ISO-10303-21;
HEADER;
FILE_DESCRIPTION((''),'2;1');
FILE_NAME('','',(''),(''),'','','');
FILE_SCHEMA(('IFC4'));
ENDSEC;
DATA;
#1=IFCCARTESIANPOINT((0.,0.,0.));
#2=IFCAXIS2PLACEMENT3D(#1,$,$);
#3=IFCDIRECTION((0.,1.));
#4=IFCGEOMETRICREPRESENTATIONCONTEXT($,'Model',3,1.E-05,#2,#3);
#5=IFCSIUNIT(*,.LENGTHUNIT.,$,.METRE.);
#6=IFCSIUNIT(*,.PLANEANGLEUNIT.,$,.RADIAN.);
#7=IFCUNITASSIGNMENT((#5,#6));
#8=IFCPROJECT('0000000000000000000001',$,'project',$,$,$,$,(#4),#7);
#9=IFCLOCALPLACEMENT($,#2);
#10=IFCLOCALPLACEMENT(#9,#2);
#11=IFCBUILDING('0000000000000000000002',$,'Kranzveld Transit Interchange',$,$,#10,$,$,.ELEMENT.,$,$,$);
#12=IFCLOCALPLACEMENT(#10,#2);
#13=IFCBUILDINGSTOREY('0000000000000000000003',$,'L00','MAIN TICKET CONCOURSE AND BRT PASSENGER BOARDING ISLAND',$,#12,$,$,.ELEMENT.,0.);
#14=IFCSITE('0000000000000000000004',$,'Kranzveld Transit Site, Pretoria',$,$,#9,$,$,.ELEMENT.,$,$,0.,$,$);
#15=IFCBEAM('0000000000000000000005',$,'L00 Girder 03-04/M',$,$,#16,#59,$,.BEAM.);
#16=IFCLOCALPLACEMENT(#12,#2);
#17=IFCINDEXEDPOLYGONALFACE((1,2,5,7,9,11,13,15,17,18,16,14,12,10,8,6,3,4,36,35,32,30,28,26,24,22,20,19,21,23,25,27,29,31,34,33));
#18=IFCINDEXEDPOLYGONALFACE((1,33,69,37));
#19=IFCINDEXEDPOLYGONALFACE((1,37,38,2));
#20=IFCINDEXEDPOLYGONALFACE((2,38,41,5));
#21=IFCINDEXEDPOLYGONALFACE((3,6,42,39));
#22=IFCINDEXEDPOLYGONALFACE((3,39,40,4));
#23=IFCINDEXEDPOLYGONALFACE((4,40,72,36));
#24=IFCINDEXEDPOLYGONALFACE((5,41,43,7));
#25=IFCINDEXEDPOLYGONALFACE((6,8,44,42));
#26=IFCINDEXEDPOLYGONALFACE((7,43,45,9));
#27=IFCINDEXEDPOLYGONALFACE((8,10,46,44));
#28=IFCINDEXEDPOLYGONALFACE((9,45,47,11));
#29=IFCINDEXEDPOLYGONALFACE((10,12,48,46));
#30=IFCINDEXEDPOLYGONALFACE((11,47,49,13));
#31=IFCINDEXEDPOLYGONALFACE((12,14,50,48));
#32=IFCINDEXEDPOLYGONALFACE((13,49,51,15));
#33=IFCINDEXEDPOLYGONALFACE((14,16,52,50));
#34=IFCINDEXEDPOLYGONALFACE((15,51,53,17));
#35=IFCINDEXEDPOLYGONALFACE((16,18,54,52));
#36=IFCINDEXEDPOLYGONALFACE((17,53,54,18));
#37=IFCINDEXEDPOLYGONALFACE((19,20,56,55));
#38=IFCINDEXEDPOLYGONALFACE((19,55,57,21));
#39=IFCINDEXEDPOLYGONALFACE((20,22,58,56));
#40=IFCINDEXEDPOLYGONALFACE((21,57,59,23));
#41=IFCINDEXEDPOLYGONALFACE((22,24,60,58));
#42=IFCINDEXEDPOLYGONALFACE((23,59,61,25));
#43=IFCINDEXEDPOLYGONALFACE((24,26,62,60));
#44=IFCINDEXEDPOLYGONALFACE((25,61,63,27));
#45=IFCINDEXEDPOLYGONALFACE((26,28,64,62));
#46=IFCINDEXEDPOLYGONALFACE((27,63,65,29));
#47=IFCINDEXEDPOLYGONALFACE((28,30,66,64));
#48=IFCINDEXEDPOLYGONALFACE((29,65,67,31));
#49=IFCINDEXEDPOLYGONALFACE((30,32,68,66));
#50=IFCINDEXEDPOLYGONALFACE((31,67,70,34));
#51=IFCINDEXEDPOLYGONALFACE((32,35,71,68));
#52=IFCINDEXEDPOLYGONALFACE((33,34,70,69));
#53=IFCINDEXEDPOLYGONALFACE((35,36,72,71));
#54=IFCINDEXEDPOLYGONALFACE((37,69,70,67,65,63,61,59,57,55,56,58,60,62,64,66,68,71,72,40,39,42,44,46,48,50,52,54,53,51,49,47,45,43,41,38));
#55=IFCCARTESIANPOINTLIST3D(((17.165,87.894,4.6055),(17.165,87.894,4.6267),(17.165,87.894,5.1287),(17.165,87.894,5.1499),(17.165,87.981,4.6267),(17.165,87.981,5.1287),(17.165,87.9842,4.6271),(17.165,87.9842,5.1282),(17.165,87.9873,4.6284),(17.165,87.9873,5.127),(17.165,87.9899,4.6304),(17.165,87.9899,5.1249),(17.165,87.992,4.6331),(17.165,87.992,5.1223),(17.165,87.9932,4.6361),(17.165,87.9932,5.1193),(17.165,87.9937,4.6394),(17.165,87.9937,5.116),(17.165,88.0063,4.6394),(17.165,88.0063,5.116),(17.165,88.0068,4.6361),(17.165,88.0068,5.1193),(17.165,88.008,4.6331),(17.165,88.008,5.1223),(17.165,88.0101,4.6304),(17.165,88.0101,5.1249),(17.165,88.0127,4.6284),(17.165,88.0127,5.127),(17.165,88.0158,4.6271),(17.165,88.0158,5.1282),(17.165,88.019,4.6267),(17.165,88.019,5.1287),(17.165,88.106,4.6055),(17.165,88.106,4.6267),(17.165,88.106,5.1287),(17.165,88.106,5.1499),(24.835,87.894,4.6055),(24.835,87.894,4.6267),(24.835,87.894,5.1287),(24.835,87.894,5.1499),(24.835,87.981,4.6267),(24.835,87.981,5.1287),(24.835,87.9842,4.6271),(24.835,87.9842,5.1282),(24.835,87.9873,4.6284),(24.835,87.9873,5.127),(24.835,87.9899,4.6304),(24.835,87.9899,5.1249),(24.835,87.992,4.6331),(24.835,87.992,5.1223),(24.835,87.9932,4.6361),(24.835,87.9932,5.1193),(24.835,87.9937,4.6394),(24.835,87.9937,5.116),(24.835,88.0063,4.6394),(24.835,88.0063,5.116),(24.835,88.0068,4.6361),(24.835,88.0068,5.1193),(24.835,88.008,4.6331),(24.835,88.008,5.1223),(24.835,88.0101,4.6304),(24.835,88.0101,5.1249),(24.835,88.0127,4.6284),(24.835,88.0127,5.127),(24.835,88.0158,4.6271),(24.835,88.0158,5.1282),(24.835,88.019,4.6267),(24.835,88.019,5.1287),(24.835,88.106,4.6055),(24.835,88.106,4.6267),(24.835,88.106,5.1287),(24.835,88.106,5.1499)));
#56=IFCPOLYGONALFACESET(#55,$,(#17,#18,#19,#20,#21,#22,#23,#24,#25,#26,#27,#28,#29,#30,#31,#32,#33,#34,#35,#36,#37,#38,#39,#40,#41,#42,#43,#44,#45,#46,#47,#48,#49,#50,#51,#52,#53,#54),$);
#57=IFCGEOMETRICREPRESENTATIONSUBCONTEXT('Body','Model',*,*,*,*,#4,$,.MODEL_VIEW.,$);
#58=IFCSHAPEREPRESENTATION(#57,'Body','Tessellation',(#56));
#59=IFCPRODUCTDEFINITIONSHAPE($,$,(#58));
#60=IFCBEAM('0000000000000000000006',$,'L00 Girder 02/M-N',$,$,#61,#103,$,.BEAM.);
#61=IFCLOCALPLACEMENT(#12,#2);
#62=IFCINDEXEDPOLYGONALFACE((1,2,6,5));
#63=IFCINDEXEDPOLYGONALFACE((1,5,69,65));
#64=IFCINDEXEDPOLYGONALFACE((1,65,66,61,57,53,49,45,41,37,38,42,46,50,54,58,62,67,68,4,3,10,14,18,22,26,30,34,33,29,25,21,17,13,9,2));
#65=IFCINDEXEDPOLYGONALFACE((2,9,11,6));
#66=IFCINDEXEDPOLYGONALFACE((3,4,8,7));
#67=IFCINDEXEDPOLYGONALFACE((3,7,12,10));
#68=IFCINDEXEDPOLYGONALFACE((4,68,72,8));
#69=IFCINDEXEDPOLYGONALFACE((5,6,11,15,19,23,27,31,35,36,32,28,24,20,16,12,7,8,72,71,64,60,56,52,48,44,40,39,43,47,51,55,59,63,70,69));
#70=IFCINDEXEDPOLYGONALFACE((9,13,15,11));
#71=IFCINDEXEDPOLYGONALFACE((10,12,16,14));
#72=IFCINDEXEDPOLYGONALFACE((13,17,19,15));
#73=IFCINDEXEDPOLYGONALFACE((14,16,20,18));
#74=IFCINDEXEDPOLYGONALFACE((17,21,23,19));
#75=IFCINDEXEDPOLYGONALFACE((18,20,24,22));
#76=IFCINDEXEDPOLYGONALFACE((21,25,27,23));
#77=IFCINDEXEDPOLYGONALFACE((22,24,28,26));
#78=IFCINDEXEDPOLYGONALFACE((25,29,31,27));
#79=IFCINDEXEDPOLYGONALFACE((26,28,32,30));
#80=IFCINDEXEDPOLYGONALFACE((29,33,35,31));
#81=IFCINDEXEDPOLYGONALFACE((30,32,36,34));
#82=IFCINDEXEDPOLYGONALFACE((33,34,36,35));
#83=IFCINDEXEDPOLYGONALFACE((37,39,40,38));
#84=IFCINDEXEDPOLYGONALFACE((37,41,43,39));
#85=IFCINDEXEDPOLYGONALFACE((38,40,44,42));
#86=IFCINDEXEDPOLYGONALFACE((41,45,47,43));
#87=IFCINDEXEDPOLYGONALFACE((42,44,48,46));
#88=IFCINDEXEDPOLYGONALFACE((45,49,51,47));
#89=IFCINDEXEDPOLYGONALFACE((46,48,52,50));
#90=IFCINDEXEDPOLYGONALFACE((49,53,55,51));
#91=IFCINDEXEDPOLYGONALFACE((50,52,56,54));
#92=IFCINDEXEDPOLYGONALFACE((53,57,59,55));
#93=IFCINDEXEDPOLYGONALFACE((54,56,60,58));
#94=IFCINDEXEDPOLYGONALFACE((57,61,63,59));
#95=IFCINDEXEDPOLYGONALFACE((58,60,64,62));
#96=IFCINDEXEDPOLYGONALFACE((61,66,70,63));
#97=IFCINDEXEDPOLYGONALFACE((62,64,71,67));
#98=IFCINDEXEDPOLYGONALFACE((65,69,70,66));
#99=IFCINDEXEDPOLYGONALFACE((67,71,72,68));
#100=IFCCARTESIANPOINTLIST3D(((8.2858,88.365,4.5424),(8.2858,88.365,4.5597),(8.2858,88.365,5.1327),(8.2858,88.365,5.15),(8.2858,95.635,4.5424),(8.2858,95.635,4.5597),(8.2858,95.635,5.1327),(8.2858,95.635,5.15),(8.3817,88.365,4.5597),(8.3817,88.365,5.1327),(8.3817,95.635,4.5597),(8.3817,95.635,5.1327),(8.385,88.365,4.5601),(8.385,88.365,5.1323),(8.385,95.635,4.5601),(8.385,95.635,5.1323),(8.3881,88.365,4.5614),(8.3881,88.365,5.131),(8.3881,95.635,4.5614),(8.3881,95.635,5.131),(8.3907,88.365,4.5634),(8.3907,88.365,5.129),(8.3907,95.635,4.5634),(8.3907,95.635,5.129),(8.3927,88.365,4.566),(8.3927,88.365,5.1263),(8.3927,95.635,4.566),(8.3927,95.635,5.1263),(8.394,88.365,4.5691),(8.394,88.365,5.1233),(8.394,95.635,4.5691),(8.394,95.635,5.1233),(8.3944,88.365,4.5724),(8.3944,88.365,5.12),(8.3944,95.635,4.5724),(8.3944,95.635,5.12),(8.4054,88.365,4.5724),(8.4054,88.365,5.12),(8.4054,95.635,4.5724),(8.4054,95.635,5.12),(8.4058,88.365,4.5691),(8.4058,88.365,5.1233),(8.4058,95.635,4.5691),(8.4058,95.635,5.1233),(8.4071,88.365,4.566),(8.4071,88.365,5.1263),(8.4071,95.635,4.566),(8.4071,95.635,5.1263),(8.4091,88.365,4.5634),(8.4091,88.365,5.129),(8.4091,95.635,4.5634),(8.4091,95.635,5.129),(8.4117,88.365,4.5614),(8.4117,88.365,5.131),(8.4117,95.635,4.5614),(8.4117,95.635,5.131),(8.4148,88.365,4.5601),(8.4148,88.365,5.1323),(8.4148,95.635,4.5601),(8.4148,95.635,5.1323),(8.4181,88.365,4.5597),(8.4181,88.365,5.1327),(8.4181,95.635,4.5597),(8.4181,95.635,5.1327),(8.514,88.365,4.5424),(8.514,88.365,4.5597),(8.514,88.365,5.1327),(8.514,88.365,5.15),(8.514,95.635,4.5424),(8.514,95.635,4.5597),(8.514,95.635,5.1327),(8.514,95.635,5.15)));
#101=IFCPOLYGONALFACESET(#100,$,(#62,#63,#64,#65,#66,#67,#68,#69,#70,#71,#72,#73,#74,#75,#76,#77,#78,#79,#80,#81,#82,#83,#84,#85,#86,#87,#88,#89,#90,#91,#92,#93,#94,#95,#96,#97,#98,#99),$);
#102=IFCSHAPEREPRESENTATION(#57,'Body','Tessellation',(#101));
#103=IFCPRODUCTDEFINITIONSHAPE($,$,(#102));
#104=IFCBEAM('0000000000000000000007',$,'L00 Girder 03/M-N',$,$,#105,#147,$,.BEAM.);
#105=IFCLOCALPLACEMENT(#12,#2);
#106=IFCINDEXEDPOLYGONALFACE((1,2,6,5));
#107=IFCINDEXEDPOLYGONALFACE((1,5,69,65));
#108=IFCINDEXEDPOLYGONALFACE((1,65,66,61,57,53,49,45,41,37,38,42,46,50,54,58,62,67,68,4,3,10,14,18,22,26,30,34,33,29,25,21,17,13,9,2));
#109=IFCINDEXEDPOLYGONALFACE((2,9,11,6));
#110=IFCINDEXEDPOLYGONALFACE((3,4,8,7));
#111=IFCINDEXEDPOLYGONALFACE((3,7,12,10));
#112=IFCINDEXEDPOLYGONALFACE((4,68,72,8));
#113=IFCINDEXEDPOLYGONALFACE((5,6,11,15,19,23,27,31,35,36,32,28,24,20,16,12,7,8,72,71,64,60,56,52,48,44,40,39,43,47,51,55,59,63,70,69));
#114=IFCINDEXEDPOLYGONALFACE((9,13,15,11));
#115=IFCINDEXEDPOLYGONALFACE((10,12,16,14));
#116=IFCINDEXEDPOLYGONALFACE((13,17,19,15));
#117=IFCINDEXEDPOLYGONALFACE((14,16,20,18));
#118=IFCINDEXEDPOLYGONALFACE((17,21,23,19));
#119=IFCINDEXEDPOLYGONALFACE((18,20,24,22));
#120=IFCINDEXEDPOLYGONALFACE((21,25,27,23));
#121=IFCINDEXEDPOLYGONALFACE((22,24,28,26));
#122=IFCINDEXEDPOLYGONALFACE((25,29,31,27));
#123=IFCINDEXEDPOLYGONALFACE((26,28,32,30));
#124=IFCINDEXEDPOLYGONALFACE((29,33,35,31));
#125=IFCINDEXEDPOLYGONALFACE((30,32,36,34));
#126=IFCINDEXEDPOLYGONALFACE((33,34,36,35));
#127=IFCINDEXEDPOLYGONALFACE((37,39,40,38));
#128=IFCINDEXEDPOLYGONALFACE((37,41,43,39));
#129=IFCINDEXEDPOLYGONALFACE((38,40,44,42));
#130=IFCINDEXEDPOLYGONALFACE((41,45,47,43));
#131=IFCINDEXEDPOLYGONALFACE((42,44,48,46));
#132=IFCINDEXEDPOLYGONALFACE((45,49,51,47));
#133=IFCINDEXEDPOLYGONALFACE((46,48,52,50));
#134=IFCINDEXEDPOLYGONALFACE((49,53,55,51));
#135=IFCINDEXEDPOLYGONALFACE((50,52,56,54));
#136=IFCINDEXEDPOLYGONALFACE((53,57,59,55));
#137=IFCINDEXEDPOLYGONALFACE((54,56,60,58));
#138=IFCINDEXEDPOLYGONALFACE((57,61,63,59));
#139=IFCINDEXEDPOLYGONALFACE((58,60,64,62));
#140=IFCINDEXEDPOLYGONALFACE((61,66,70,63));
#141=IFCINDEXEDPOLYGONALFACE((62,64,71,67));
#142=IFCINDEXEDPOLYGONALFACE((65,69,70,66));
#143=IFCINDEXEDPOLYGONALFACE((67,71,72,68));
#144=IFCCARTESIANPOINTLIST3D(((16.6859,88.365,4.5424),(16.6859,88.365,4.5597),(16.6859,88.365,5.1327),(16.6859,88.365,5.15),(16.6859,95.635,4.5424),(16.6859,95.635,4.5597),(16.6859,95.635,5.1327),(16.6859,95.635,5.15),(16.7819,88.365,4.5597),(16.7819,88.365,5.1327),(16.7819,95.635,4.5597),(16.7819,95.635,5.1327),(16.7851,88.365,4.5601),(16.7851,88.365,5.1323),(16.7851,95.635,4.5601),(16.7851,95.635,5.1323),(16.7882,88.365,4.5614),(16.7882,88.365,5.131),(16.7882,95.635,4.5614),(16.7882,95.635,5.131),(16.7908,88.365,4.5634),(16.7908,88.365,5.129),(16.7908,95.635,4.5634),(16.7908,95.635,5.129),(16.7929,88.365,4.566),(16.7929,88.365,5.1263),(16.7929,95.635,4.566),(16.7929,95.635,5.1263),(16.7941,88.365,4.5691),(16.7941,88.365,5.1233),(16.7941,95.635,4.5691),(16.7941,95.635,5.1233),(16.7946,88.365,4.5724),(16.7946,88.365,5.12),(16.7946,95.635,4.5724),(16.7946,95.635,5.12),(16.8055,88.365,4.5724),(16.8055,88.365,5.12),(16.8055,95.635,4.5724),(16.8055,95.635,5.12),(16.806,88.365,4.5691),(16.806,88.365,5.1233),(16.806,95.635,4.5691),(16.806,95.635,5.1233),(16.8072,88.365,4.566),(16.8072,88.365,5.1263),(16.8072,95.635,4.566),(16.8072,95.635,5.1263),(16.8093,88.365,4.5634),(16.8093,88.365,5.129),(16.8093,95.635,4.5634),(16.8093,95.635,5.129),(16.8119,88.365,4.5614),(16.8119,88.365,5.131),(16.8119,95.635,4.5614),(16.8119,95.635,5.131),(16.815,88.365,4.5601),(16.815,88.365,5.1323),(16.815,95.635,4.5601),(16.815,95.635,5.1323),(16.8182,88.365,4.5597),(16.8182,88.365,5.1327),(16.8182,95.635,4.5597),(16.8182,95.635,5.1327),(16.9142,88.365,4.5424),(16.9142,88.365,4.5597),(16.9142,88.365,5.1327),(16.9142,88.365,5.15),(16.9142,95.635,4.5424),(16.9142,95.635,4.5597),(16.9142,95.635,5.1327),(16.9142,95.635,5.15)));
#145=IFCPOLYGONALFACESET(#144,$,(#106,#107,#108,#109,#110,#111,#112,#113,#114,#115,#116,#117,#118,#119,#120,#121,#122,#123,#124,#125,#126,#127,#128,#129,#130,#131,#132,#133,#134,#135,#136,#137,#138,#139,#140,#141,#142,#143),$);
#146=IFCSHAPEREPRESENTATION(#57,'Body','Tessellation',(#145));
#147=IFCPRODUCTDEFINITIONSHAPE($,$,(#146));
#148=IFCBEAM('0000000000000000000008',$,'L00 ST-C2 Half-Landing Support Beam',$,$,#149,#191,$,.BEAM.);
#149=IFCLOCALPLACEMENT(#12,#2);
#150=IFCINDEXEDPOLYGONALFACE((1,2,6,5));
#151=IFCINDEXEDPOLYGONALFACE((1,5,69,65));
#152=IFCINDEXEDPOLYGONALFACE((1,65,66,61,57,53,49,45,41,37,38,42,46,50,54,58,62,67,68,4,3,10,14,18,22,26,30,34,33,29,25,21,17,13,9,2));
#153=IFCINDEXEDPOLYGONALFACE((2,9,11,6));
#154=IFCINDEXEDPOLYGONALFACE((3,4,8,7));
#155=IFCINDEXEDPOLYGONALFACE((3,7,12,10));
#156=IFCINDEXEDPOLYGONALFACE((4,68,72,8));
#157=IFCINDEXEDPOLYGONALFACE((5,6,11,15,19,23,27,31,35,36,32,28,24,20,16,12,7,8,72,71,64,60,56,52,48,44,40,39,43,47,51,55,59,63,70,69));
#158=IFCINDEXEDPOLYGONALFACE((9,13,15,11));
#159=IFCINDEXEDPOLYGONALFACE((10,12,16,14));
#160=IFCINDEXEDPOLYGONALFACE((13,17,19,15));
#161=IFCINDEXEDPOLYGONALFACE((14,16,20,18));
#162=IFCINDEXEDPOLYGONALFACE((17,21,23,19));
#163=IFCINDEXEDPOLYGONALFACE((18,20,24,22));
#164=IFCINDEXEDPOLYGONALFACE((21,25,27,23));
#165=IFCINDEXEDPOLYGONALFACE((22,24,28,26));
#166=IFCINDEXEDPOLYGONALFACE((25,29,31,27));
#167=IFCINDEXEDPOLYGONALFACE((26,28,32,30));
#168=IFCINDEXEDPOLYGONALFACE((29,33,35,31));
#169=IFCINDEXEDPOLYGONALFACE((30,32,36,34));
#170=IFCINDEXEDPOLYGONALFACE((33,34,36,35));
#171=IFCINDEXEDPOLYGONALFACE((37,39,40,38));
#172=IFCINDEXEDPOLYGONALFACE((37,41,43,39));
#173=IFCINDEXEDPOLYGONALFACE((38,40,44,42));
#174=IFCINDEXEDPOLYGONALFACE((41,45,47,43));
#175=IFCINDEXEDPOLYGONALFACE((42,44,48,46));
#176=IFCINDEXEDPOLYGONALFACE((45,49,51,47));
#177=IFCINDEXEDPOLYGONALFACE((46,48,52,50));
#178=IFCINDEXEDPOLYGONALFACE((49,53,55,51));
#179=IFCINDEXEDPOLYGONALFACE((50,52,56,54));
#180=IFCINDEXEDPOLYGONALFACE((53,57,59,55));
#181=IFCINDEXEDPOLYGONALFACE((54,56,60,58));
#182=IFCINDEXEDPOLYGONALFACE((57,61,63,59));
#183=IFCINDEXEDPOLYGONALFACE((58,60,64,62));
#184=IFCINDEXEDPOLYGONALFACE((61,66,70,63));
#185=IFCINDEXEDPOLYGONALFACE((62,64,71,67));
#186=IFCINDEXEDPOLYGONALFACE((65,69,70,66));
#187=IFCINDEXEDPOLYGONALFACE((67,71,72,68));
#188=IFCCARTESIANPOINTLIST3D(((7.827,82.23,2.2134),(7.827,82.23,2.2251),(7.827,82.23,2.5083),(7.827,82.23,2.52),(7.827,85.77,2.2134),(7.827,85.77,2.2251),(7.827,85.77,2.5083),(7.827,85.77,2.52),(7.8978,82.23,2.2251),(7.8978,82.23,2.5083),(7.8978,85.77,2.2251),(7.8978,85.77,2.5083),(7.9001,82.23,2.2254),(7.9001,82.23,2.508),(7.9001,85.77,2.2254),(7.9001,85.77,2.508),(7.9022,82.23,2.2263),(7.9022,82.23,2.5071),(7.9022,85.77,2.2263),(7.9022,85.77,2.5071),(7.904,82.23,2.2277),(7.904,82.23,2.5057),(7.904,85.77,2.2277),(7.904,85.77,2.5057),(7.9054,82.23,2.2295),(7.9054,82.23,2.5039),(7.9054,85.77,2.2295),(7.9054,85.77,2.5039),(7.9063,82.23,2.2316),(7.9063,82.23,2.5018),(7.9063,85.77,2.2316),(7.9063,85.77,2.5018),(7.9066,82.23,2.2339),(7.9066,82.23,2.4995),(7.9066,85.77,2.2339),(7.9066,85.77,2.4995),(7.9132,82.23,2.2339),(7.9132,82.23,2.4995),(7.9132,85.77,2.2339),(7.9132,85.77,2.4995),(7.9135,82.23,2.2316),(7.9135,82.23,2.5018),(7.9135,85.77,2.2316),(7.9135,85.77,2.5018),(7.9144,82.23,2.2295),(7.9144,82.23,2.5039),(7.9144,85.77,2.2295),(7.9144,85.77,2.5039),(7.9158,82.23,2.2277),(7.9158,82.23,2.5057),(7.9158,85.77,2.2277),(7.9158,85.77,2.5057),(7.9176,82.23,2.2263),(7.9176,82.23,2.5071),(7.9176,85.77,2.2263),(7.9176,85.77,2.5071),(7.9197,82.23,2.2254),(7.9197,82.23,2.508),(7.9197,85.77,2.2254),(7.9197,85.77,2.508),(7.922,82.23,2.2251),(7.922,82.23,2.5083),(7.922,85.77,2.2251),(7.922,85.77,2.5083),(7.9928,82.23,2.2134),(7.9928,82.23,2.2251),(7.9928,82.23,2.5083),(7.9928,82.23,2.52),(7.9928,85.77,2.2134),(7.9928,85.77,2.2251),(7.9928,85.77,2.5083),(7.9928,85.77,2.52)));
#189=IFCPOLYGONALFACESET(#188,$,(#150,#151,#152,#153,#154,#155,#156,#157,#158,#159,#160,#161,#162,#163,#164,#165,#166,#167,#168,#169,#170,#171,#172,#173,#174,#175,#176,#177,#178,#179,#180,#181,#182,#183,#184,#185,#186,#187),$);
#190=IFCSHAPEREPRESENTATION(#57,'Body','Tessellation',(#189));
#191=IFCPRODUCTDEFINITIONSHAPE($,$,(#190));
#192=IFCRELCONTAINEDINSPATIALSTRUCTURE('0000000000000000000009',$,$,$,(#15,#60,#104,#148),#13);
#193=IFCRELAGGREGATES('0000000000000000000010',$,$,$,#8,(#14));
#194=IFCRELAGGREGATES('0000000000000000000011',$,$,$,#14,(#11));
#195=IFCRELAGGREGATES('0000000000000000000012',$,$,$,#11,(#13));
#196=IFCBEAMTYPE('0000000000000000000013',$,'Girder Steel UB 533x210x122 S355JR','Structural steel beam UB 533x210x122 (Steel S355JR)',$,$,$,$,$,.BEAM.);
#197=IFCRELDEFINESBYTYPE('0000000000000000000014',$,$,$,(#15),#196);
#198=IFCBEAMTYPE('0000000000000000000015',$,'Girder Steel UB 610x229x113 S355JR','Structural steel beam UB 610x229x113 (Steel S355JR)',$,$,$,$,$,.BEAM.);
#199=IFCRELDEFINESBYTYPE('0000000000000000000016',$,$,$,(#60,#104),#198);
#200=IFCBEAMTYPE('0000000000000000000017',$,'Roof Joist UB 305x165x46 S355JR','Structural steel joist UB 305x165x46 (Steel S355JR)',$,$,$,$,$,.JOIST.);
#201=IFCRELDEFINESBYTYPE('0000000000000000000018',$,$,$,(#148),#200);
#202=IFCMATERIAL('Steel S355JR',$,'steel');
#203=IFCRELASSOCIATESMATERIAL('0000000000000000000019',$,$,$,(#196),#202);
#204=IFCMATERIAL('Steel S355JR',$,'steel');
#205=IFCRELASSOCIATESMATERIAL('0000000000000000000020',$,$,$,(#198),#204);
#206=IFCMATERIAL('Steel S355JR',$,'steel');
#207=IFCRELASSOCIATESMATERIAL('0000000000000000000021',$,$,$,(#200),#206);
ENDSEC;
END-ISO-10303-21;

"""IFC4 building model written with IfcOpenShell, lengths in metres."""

from ifc_helpers import new_model, si_unit, direction, frame, origin, origin_2d, place, context, subcontext, project, spatial, i_section, extrude, material, material_profile, profile_set, type_object, element, save


model = new_model("IFC4")

# Units and contexts
model_context = context("Model", 3, precision=1e-05, world=origin(), true_north=direction((0.0, 1.0)))
body_context = subcontext(model_context, "Body", "Model", "MODEL_VIEW")
ifc_project = project(units=[si_unit("LENGTHUNIT", "METRE"), si_unit("PLANEANGLEUNIT", "RADIAN")], contexts=[model_context])

# Site, building, storey
site_placement = place(None, origin())
site = spatial("IfcSite", under=ifc_project, at=site_placement, Name="Kranzveld Transit Site, Pretoria", CompositionType="ELEMENT", RefElevation=0.0)
building_placement = place(site_placement, origin())
building = spatial("IfcBuilding", under=site, at=building_placement, Name="Kranzveld Transit Interchange", CompositionType="ELEMENT")
storey_placement = place(building_placement, origin())
storey = spatial("IfcBuildingStorey", under=building, at=storey_placement, Name="L00", Description="MAIN TICKET CONCOURSE AND BRT PASSENGER BOARDING ISLAND", CompositionType="ELEMENT", Elevation=0.0)

# Beams
ifc_material_1 = material(Name="Steel S355JR", Category="steel")
ifc_material_profile_1 = material_profile(ifc_material_1, i_section(OverallWidth=0.2119, OverallDepth=0.5444, WebThickness=0.0127, FlangeThickness=0.0212, FilletRadius=0.0127, at=origin_2d()), Name="UB 533x210x122")
ifc_profile_set_1 = profile_set([ifc_material_profile_1], Name="Steel S355JR")
beam_type_1 = type_object("IfcBeamType", Name="Girder Steel UB 533x210x122 S355JR", Description="Structural steel beam UB 533x210x122 (Steel S355JR)", PredefinedType="BEAM", material=ifc_profile_set_1)
beam_1_placement = place(storey_placement, frame((17.165, 88.0, 4.8777), z_axis=(1.0, 0.0, 0.0), x_axis=(0.0, 1.0, 0.0)))
element("IfcBeam", 1, at=beam_1_placement, inside=storey, type_object=beam_type_1, Name="L00 Girder 03-04/M", PredefinedType="BEAM", context=body_context, shape_type="SweptSolid", body=[
    extrude(i_section(OverallWidth=0.2119, OverallDepth=0.5444, WebThickness=0.0127, FlangeThickness=0.0212, FilletRadius=0.0127, at=origin_2d()), origin(), (0.0, 0.0, 1.0), 7.6699),
])
ifc_material_2 = material(Name="Steel S355JR", Category="steel")
ifc_material_profile_2 = material_profile(ifc_material_2, i_section(OverallWidth=0.2283, OverallDepth=0.6077, WebThickness=0.011, FlangeThickness=0.0173, FilletRadius=0.0127, at=origin_2d()), Name="UB 610x229x113")
ifc_profile_set_2 = profile_set([ifc_material_profile_2], Name="Steel S355JR")
beam_type_2 = type_object("IfcBeamType", Name="Girder Steel UB 610x229x113 S355JR", Description="Structural steel beam UB 610x229x113 (Steel S355JR)", PredefinedType="BEAM", material=ifc_profile_set_2)
for number, where, z_axis, x_axis, name in (
    (2, (8.3999, 88.365, 4.8462), (0.0, 1.0, 0.0), (-1.0, 0.0, 0.0), "L00 Girder 02/M-N"),
    (3, (16.8, 88.365, 4.8462), (0.0, 1.0, 0.0), (-1.0, 0.0, 0.0), "L00 Girder 03/M-N"),
):
    element("IfcBeam", number, at=place(storey_placement, frame(where, z_axis=z_axis, x_axis=x_axis)), inside=storey, type_object=beam_type_2, Name=name, PredefinedType="BEAM", context=body_context, shape_type="SweptSolid", body=[
        extrude(i_section(OverallWidth=0.2283, OverallDepth=0.6077, WebThickness=0.011, FlangeThickness=0.0173, FilletRadius=0.0127, at=origin_2d()), origin(), (0.0, 0.0, 1.0), 7.27),
    ])
ifc_material_3 = material(Name="Steel S355JR", Category="steel")
ifc_material_profile_3 = material_profile(ifc_material_3, i_section(OverallWidth=0.1658, OverallDepth=0.3066, WebThickness=0.0066, FlangeThickness=0.0117, FilletRadius=0.0088, at=origin_2d()), Name="UB 305x165x46")
ifc_profile_set_3 = profile_set([ifc_material_profile_3], Name="Steel S355JR")
beam_type_3 = type_object("IfcBeamType", Name="Roof Joist UB 305x165x46 S355JR", Description="Structural steel joist UB 305x165x46 (Steel S355JR)", PredefinedType="JOIST", material=ifc_profile_set_3)
beam_2_placement = place(storey_placement, frame((7.9099, 82.23, 2.3667), z_axis=(0.0, 1.0, 0.0), x_axis=(-1.0, 0.0, 0.0)))
element("IfcBeam", 4, at=beam_2_placement, inside=storey, type_object=beam_type_3, Name="L00 ST-C2 Half-Landing Support Beam", PredefinedType="BEAM", context=body_context, shape_type="SweptSolid", body=[
    extrude(i_section(OverallWidth=0.1658, OverallDepth=0.3066, WebThickness=0.0066, FlangeThickness=0.0117, FilletRadius=0.0088, at=origin_2d()), origin(), (0.0, 0.0, 1.0), 3.54),
])

save(model, "model.ifc")
